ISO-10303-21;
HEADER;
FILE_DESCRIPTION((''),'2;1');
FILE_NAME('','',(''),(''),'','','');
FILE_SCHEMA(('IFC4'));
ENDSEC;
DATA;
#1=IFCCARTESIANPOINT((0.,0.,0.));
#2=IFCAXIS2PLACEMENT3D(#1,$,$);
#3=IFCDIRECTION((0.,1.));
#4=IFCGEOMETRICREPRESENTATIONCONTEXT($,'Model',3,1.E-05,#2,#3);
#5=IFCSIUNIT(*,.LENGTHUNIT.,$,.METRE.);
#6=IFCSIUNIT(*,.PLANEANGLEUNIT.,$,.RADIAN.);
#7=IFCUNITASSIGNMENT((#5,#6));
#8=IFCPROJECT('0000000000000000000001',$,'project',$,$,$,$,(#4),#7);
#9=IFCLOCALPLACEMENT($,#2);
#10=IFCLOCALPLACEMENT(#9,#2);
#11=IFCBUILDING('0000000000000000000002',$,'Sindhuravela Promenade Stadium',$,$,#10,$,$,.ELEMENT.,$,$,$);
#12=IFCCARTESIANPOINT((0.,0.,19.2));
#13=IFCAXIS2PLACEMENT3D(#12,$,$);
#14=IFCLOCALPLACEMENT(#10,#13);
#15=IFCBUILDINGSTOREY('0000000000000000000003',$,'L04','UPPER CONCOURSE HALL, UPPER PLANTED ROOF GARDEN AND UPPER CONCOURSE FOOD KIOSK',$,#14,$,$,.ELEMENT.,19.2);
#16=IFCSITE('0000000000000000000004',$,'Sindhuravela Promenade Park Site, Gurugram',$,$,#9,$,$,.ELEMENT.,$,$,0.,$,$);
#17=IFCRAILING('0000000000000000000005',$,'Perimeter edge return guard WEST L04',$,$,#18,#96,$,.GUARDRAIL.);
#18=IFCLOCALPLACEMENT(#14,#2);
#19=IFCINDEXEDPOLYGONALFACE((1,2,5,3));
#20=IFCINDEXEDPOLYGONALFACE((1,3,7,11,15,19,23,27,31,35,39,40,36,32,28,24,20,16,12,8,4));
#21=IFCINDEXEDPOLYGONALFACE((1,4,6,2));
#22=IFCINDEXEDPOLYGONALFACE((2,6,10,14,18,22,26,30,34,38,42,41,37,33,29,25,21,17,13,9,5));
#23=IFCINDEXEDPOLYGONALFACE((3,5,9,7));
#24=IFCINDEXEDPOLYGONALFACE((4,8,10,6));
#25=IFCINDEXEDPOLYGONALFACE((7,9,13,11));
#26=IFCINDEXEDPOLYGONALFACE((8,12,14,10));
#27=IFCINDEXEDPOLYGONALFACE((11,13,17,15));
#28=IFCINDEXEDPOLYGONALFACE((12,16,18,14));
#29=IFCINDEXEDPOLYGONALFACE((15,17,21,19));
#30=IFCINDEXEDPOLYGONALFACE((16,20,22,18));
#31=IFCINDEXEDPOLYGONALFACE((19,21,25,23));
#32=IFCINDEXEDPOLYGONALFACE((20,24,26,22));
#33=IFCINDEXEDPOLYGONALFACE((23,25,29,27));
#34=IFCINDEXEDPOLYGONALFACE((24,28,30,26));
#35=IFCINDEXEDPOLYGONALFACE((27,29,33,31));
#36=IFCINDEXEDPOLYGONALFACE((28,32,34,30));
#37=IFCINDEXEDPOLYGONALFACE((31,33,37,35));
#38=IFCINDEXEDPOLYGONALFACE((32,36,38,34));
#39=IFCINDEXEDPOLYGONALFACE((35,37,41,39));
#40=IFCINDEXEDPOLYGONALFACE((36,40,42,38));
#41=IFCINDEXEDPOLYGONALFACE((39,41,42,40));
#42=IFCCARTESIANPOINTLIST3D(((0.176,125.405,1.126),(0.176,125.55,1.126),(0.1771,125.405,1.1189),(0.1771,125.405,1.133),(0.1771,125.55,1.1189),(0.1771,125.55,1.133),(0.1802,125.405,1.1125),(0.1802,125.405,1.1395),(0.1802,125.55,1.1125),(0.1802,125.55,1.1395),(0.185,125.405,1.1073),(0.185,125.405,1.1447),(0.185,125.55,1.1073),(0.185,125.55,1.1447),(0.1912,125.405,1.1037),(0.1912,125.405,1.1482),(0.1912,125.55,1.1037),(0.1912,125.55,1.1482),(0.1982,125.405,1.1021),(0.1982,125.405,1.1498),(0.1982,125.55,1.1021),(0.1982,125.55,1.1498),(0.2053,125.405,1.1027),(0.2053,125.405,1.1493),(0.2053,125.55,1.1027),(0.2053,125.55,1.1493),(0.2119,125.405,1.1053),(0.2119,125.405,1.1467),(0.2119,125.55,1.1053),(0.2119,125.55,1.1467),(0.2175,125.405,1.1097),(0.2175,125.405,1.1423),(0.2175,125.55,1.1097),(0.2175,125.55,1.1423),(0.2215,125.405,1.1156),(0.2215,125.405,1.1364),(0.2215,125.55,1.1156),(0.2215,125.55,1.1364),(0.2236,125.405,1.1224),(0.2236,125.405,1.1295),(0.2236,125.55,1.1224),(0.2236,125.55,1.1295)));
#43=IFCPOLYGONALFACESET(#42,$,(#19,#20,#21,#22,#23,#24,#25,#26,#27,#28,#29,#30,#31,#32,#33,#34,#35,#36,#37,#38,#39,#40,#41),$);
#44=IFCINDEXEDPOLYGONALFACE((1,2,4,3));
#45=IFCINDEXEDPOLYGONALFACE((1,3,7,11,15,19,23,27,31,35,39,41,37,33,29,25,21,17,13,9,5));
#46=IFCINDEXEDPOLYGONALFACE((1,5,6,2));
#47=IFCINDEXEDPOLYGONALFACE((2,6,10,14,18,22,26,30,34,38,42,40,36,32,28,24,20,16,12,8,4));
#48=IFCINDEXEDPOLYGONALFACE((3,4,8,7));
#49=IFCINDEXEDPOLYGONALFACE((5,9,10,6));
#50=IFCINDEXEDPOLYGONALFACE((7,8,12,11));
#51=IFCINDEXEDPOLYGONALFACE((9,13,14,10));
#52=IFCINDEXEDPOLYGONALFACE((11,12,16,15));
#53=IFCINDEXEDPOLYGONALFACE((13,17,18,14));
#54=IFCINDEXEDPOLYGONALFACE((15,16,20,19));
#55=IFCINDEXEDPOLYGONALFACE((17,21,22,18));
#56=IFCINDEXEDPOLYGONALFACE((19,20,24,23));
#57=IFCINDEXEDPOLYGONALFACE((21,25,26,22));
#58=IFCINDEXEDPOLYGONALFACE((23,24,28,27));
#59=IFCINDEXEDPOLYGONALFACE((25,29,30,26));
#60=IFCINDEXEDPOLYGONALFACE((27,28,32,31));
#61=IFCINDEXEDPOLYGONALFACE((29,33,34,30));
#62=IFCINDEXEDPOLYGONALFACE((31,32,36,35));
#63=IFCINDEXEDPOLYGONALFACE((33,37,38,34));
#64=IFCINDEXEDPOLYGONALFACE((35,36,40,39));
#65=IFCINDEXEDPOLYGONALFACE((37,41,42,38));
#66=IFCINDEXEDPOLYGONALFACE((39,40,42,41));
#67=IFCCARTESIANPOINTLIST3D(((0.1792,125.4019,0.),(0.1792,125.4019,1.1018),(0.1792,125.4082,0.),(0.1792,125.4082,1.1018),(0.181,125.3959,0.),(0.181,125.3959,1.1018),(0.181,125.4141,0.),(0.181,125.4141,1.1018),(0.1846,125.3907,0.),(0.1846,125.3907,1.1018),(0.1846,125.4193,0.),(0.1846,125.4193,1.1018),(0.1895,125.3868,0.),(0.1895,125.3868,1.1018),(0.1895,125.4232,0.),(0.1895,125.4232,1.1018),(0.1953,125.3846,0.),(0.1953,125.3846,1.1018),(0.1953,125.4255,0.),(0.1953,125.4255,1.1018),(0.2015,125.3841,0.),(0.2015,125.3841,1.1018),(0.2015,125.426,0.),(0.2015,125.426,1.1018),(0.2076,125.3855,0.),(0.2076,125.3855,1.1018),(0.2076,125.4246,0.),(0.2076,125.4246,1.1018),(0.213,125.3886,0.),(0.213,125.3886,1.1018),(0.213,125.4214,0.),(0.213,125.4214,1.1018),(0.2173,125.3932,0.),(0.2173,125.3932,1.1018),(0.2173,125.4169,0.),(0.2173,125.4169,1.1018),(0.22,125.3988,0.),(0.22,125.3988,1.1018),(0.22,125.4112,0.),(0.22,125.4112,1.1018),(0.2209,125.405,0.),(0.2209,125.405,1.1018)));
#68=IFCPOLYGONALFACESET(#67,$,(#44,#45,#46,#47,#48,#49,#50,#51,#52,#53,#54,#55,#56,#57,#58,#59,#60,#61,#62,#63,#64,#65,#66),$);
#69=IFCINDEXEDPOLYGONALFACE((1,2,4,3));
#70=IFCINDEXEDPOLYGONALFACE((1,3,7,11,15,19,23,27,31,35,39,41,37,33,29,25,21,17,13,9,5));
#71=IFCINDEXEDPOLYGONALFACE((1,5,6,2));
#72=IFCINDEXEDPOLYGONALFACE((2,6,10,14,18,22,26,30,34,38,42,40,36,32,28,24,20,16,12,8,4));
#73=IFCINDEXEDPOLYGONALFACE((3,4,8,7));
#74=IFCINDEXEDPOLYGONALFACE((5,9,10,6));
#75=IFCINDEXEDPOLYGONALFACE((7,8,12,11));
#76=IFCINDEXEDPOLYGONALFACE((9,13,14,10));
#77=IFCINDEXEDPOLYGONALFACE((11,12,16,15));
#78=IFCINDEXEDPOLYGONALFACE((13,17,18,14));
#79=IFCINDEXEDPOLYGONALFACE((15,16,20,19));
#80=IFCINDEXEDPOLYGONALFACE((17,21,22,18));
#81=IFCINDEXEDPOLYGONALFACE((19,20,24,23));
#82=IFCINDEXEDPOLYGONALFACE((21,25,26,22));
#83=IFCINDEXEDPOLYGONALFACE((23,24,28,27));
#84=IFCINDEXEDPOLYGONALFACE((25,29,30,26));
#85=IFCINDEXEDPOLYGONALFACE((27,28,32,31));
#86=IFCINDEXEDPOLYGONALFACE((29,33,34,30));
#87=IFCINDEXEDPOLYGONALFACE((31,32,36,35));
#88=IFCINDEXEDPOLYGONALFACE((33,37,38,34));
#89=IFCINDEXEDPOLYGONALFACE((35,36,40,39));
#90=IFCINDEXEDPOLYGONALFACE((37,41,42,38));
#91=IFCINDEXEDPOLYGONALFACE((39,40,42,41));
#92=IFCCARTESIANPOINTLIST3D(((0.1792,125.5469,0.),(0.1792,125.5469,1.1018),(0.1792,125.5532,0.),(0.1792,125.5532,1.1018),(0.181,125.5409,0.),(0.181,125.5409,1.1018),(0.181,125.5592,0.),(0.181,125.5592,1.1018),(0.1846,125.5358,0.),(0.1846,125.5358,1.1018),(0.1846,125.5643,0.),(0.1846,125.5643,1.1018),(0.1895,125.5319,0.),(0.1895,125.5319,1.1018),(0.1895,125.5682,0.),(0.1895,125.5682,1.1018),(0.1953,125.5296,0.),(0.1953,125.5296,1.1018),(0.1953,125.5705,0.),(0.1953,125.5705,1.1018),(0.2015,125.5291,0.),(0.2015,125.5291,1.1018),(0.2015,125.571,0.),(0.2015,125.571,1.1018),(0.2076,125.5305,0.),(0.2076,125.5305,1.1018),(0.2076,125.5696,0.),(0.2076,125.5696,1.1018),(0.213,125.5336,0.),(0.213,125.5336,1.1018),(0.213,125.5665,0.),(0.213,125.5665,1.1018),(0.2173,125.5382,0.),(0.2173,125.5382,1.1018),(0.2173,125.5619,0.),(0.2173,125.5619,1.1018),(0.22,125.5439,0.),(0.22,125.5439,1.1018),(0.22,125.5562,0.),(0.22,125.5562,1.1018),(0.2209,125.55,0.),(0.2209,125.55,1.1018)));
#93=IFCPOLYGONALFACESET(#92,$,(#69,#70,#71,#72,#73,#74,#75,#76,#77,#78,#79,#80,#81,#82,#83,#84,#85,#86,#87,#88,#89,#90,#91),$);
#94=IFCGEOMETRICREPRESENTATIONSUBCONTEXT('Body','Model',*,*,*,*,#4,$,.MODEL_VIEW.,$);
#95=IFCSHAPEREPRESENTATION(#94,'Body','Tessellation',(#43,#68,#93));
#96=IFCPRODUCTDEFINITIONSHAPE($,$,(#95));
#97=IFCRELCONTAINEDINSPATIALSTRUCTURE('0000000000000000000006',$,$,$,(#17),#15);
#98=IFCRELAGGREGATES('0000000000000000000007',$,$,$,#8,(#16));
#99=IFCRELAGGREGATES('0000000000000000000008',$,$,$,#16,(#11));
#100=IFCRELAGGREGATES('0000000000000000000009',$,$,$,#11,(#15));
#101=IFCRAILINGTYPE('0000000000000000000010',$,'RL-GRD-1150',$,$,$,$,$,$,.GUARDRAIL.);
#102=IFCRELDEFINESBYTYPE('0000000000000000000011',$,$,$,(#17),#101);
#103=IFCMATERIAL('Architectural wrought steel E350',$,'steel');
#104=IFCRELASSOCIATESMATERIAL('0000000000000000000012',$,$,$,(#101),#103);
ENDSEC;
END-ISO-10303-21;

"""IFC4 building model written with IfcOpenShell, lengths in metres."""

from ifc_helpers import new_model, si_unit, direction, frame, origin, origin_2d, place, context, subcontext, project, spatial, circle, extrude, material, type_object, element, save


model = new_model("IFC4")

# Units and contexts
model_context = context("Model", 3, precision=1e-05, world=origin(), true_north=direction((0.0, 1.0)))
body_context = subcontext(model_context, "Body", "Model", "MODEL_VIEW")
ifc_project = project(units=[si_unit("LENGTHUNIT", "METRE"), si_unit("PLANEANGLEUNIT", "RADIAN")], contexts=[model_context])

# Site, building, storey
site_placement = place(None, origin())
site = spatial("IfcSite", under=ifc_project, at=site_placement, Name="Sindhuravela Promenade Park Site, Gurugram", CompositionType="ELEMENT", RefElevation=0.0)
building_placement = place(site_placement, origin())
building = spatial("IfcBuilding", under=site, at=building_placement, Name="Sindhuravela Promenade Stadium", CompositionType="ELEMENT")
storey_placement = place(building_placement, frame((0.0, 0.0, 19.2)))
storey = spatial("IfcBuildingStorey", under=building, at=storey_placement, Name="L04", Description="UPPER CONCOURSE HALL, UPPER PLANTED ROOF GARDEN AND UPPER CONCOURSE FOOD KIOSK", CompositionType="ELEMENT", Elevation=19.2)

# Railing
ifc_material_1 = material(Name="Architectural wrought steel E350", Category="steel")
railing_type = type_object("IfcRailingType", Name="RL-GRD-1150", PredefinedType="GUARDRAIL", material=ifc_material_1)
railing_placement = place(storey_placement, frame((0.2, 125.405, 0.0)))
element("IfcRailing", 1, at=railing_placement, inside=storey, type_object=railing_type, Name="Perimeter edge return guard WEST L04", PredefinedType="GUARDRAIL", context=body_context, shape_type="SweptSolid", body=[
    extrude(circle(Radius=0.0239, at=origin_2d()), frame((0.0, 0.0, 1.126), z_axis=(0.0, 1.0, 0.0), x_axis=(-1.0, 0.0, 0.0)), (0.0, 0.0, 1.0), 0.145),
    extrude(circle(Radius=0.021, at=origin_2d()), origin(), (0.0, 0.0, 1.0), 1.1018),
    extrude(circle(Radius=0.021, at=origin_2d()), frame((0.0, 0.145, 0.0)), (0.0, 0.0, 1.0), 1.1018),
])

save(model, "model.ifc")
